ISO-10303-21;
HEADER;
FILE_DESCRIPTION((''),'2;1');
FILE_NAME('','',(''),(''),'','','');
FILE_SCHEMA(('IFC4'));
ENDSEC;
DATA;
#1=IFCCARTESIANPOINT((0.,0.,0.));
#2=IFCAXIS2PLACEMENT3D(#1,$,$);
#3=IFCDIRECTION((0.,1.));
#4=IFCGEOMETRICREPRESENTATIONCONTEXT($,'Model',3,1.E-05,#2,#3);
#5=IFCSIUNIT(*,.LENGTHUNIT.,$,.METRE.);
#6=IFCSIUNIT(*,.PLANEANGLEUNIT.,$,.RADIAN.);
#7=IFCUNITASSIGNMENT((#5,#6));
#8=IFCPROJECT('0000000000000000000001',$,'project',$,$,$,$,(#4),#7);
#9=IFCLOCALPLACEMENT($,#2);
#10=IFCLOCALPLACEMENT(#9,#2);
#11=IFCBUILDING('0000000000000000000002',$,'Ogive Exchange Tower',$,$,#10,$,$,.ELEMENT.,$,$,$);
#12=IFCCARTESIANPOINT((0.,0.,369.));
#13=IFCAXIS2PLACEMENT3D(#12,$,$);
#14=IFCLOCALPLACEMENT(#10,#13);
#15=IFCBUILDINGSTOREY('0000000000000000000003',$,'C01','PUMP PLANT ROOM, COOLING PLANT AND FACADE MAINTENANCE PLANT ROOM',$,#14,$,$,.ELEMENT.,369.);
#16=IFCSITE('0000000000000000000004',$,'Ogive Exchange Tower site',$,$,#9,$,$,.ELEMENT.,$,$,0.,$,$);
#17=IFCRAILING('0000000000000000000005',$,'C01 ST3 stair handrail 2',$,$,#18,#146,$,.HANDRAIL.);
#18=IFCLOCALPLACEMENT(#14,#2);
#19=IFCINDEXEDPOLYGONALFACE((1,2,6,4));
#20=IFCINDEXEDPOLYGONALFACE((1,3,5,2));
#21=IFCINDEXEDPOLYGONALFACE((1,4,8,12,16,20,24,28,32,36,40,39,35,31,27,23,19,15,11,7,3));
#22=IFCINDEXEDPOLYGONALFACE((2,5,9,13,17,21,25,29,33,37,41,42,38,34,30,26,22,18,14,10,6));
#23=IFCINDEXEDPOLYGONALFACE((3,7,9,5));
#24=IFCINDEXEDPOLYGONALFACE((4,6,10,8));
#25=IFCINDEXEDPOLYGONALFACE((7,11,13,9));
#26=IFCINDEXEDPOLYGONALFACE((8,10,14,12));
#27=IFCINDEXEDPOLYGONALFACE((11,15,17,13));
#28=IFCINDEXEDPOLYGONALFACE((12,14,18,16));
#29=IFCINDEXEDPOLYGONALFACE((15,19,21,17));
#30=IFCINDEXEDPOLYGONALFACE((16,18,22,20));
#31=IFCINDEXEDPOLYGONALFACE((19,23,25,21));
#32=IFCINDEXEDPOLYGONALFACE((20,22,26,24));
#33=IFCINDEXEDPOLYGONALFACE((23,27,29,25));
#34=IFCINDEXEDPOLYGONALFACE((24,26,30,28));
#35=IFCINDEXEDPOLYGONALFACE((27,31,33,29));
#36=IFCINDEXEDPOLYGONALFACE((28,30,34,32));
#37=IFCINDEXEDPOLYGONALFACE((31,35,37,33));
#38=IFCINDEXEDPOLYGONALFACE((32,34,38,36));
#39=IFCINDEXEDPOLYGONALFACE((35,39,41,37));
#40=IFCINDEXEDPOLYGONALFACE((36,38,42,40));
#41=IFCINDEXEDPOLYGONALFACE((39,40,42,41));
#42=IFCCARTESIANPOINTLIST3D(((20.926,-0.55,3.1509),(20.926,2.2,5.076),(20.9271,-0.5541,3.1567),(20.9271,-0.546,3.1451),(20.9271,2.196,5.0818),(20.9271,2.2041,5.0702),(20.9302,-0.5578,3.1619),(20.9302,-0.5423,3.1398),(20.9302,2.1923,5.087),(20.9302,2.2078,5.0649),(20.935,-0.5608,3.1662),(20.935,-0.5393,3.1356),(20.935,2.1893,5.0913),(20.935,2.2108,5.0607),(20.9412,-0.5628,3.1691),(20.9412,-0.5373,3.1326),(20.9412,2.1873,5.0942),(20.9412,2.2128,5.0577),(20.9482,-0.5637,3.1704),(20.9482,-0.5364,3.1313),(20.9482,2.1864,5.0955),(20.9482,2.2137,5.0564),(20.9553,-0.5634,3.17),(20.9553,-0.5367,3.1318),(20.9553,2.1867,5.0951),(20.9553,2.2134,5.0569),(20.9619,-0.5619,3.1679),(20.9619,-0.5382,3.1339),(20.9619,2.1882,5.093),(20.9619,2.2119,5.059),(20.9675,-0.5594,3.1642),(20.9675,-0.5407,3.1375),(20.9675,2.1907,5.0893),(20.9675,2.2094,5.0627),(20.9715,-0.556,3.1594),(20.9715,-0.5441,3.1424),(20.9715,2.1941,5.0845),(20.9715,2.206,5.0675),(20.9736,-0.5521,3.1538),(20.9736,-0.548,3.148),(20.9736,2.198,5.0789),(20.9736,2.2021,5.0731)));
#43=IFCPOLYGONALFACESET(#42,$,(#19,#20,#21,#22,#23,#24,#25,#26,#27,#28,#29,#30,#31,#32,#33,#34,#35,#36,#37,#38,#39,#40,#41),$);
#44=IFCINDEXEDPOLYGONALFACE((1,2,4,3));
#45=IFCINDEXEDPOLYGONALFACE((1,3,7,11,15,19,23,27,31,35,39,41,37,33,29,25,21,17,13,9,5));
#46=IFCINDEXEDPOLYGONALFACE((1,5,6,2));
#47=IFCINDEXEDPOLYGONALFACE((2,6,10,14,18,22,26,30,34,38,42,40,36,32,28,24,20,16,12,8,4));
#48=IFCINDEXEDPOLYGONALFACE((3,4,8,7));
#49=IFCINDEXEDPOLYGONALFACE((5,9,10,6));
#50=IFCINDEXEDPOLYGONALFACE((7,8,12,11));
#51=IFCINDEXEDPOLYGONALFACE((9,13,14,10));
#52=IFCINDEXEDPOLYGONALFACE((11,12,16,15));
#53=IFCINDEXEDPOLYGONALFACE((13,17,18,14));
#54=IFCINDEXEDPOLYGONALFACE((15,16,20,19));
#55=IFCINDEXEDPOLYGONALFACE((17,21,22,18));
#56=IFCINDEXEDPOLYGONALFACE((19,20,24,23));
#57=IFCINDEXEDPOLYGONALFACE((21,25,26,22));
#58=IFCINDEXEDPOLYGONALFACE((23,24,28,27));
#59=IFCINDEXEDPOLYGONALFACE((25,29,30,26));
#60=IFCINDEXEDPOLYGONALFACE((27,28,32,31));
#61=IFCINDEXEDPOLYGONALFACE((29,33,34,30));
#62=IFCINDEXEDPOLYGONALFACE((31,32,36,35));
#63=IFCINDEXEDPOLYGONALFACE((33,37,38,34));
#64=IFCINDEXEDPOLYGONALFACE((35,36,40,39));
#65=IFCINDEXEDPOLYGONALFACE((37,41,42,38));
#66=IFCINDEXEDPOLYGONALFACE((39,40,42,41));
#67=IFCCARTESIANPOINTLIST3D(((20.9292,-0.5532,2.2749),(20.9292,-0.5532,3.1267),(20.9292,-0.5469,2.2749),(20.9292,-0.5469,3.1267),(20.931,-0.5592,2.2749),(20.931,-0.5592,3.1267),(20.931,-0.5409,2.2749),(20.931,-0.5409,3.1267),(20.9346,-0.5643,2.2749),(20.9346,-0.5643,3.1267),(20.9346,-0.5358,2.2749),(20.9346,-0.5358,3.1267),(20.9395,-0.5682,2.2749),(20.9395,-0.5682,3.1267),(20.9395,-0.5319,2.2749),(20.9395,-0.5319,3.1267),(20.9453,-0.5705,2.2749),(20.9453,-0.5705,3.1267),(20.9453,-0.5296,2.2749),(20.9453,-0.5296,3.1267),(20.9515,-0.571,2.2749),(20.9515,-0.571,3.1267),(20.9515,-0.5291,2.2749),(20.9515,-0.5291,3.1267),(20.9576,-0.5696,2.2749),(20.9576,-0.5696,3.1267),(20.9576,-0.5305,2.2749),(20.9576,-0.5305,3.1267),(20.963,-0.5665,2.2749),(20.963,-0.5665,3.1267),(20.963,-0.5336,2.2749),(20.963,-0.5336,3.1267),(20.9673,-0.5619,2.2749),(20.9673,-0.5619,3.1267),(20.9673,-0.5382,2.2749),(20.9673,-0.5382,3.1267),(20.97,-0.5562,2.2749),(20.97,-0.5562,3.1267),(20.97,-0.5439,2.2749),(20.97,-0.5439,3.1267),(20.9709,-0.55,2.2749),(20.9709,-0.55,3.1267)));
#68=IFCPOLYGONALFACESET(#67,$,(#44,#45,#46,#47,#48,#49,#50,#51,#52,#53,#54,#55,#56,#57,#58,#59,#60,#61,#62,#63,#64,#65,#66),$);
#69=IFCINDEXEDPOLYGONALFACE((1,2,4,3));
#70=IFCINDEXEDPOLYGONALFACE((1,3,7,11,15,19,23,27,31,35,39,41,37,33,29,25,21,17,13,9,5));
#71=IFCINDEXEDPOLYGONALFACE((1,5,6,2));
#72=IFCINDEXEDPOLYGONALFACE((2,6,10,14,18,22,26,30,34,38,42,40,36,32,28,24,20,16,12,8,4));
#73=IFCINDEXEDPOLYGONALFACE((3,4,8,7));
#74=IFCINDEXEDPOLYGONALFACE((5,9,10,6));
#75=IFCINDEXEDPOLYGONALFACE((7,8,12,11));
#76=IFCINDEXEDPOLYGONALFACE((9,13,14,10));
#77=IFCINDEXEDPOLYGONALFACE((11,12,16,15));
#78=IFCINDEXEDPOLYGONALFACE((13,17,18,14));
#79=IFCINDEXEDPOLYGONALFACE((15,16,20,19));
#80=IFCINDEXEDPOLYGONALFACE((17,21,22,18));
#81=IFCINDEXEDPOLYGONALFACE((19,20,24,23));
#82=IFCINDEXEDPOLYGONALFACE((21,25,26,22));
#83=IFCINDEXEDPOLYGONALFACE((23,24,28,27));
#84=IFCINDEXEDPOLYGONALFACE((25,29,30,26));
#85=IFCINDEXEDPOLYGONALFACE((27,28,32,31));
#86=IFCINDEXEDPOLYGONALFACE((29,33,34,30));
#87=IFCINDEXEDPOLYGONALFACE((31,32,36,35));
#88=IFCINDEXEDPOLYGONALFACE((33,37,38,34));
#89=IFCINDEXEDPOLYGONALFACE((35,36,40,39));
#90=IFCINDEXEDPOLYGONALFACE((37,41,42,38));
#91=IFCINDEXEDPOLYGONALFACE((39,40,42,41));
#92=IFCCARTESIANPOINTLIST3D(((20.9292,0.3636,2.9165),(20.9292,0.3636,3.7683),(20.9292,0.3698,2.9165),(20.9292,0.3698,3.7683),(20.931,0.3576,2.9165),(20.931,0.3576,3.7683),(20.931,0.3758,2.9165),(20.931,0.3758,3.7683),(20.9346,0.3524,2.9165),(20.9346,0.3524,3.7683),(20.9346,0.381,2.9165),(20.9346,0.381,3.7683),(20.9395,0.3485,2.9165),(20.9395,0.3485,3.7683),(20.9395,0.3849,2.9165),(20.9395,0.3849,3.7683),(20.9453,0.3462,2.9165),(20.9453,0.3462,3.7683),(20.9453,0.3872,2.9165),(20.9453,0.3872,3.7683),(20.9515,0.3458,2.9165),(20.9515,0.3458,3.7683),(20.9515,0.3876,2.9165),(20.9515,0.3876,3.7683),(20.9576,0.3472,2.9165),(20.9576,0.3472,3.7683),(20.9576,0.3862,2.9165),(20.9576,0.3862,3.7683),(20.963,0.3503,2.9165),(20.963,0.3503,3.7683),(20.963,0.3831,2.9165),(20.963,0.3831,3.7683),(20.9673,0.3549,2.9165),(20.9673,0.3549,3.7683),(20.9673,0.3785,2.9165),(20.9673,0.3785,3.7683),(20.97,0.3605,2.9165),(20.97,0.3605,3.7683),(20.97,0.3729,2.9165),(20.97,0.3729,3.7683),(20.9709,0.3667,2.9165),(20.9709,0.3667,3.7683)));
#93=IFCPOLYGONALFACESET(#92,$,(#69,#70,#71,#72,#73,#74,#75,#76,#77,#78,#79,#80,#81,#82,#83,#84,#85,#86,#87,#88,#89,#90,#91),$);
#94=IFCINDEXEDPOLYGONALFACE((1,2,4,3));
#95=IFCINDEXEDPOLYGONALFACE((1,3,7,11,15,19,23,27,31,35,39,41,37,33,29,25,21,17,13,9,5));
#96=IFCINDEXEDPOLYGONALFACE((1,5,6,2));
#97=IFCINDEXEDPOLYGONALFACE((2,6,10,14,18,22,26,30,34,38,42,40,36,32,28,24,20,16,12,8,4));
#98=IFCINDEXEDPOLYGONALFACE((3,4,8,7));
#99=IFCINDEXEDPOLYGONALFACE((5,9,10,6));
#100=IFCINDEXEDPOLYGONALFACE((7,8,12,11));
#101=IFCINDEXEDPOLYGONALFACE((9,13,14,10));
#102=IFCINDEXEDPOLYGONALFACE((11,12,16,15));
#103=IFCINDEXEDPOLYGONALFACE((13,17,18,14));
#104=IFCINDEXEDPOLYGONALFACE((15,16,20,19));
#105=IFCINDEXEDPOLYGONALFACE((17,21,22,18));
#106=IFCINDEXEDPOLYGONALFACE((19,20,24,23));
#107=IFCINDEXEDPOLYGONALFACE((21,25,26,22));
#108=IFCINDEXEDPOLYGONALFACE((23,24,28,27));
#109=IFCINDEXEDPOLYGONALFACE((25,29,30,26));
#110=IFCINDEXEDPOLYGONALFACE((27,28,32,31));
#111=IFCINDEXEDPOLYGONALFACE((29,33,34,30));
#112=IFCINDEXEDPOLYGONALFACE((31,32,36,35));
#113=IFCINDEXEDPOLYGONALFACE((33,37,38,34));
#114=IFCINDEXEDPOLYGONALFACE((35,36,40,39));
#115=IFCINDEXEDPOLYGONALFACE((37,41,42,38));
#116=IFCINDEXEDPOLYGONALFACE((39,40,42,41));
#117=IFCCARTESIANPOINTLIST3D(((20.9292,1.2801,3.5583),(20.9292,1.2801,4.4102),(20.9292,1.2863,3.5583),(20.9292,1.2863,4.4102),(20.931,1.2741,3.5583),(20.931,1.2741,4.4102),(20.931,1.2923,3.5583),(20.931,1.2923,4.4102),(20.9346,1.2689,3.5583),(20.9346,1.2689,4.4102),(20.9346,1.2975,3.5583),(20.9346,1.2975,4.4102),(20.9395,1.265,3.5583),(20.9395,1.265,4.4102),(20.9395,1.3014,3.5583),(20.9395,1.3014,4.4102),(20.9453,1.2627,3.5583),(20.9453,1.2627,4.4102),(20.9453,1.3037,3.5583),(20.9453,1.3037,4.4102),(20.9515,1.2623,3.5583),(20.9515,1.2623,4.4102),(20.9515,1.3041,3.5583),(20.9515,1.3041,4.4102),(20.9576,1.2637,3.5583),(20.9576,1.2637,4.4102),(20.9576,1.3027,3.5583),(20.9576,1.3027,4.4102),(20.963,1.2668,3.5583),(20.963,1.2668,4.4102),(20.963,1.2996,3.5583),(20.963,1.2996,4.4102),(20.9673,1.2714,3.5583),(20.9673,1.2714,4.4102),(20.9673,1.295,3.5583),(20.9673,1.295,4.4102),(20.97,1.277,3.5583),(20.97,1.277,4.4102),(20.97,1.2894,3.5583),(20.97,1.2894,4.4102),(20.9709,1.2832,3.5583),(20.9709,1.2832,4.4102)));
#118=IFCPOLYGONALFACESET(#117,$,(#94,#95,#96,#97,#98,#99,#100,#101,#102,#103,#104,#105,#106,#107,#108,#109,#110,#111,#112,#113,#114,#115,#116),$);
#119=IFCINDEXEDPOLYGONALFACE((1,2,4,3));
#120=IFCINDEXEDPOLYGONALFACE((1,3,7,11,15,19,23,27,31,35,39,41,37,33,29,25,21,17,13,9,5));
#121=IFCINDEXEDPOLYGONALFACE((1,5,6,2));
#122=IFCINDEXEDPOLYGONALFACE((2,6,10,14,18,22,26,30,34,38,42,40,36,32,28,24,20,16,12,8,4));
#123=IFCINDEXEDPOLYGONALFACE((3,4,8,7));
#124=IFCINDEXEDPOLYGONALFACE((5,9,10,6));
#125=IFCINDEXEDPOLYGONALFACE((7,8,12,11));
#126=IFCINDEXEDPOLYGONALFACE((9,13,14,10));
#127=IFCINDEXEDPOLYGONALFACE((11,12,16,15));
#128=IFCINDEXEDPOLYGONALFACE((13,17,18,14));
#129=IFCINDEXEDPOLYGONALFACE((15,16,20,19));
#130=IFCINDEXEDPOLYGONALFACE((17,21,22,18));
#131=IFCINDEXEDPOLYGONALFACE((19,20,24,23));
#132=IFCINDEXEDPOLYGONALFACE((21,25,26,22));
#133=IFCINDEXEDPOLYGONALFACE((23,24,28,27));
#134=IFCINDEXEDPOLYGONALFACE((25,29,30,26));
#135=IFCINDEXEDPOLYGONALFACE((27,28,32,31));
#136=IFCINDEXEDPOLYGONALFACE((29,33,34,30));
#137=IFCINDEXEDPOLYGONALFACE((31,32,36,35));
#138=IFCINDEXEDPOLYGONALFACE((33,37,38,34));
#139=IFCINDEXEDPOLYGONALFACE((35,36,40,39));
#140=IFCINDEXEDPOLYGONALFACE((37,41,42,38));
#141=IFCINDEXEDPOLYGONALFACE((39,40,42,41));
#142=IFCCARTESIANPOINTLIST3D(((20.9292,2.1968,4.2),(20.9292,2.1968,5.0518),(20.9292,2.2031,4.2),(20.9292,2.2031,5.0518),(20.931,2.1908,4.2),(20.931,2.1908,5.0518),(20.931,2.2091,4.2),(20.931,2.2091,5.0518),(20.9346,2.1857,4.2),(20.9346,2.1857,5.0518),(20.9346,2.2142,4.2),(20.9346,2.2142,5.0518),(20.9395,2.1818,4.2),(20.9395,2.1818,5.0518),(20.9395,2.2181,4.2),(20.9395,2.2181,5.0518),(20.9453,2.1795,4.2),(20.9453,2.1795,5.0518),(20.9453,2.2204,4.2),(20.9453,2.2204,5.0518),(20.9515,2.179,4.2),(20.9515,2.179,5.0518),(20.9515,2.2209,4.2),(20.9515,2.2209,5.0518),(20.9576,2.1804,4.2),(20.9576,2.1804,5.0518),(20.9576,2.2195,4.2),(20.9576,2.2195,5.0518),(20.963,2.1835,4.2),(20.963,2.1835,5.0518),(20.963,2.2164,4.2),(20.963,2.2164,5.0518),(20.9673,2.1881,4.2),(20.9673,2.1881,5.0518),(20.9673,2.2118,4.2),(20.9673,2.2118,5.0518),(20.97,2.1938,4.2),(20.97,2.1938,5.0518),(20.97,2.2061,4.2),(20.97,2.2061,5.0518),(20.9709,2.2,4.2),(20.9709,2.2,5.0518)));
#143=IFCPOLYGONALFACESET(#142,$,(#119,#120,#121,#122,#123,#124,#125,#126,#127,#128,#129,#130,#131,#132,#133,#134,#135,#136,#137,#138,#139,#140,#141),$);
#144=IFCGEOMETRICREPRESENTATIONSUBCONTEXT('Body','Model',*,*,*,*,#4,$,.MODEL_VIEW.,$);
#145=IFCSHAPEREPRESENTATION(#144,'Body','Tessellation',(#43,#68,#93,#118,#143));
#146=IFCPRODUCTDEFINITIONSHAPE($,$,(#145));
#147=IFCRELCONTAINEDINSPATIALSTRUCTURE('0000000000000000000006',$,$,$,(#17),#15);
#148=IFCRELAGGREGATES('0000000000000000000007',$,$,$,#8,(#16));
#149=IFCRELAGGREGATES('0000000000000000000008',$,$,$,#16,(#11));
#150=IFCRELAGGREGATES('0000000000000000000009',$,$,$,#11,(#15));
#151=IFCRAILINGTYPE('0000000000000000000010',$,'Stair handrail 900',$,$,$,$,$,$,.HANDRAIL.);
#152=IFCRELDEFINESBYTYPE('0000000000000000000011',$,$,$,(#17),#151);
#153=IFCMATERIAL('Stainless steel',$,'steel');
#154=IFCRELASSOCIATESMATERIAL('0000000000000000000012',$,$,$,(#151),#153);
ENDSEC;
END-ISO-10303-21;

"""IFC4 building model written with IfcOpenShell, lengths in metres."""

from ifc_helpers import new_model, si_unit, direction, frame, origin, origin_2d, place, context, subcontext, project, spatial, circle, extrude, material, type_object, element, save


model = new_model("IFC4")

# Units and contexts
model_context = context("Model", 3, precision=1e-05, world=origin(), true_north=direction((0.0, 1.0)))
body_context = subcontext(model_context, "Body", "Model", "MODEL_VIEW")
ifc_project = project(units=[si_unit("LENGTHUNIT", "METRE"), si_unit("PLANEANGLEUNIT", "RADIAN")], contexts=[model_context])

# Site, building, storey
site_placement = place(None, origin())
site = spatial("IfcSite", under=ifc_project, at=site_placement, Name="Ogive Exchange Tower site", CompositionType="ELEMENT", RefElevation=0.0)
building_placement = place(site_placement, origin())
building = spatial("IfcBuilding", under=site, at=building_placement, Name="Ogive Exchange Tower", CompositionType="ELEMENT")
storey_placement = place(building_placement, frame((0.0, 0.0, 369.0)))
storey = spatial("IfcBuildingStorey", under=building, at=storey_placement, Name="C01", Description="PUMP PLANT ROOM, COOLING PLANT AND FACADE MAINTENANCE PLANT ROOM", CompositionType="ELEMENT", Elevation=369.0)

# Railing
ifc_material_1 = material(Name="Stainless steel", Category="steel")
railing_type = type_object("IfcRailingType", Name="Stair handrail 900", PredefinedType="HANDRAIL", material=ifc_material_1)
railing_placement = place(storey_placement, frame((20.95, -0.55, 2.2749)))
element("IfcRailing", 1, at=railing_placement, inside=storey, type_object=railing_type, Name="C01 ST3 stair handrail 2", PredefinedType="HANDRAIL", context=body_context, shape_type="SweptSolid", body=[
    extrude(circle(Radius=0.0239, at=origin_2d()), frame((0.0, 0.0, 0.876), z_axis=(0.0, 0.819225, 0.573472), x_axis=(-1.0, 0.0, 0.0)), (0.0, 0.0, 1.0), 3.3569),
    extrude(circle(Radius=0.021, at=origin_2d()), origin(), (0.0, 0.0, 1.0), 0.8518),
    extrude(circle(Radius=0.021, at=origin_2d()), frame((0.0, 0.9167, 0.6416)), (0.0, 0.0, 1.0), 0.8518),
    extrude(circle(Radius=0.021, at=origin_2d()), frame((0.0, 1.8333, 1.2834)), (0.0, 0.0, 1.0), 0.8518),
    extrude(circle(Radius=0.021, at=origin_2d()), frame((0.0, 2.75, 1.925)), (0.0, 0.0, 1.0), 0.8518),
])

save(model, "model.ifc")
